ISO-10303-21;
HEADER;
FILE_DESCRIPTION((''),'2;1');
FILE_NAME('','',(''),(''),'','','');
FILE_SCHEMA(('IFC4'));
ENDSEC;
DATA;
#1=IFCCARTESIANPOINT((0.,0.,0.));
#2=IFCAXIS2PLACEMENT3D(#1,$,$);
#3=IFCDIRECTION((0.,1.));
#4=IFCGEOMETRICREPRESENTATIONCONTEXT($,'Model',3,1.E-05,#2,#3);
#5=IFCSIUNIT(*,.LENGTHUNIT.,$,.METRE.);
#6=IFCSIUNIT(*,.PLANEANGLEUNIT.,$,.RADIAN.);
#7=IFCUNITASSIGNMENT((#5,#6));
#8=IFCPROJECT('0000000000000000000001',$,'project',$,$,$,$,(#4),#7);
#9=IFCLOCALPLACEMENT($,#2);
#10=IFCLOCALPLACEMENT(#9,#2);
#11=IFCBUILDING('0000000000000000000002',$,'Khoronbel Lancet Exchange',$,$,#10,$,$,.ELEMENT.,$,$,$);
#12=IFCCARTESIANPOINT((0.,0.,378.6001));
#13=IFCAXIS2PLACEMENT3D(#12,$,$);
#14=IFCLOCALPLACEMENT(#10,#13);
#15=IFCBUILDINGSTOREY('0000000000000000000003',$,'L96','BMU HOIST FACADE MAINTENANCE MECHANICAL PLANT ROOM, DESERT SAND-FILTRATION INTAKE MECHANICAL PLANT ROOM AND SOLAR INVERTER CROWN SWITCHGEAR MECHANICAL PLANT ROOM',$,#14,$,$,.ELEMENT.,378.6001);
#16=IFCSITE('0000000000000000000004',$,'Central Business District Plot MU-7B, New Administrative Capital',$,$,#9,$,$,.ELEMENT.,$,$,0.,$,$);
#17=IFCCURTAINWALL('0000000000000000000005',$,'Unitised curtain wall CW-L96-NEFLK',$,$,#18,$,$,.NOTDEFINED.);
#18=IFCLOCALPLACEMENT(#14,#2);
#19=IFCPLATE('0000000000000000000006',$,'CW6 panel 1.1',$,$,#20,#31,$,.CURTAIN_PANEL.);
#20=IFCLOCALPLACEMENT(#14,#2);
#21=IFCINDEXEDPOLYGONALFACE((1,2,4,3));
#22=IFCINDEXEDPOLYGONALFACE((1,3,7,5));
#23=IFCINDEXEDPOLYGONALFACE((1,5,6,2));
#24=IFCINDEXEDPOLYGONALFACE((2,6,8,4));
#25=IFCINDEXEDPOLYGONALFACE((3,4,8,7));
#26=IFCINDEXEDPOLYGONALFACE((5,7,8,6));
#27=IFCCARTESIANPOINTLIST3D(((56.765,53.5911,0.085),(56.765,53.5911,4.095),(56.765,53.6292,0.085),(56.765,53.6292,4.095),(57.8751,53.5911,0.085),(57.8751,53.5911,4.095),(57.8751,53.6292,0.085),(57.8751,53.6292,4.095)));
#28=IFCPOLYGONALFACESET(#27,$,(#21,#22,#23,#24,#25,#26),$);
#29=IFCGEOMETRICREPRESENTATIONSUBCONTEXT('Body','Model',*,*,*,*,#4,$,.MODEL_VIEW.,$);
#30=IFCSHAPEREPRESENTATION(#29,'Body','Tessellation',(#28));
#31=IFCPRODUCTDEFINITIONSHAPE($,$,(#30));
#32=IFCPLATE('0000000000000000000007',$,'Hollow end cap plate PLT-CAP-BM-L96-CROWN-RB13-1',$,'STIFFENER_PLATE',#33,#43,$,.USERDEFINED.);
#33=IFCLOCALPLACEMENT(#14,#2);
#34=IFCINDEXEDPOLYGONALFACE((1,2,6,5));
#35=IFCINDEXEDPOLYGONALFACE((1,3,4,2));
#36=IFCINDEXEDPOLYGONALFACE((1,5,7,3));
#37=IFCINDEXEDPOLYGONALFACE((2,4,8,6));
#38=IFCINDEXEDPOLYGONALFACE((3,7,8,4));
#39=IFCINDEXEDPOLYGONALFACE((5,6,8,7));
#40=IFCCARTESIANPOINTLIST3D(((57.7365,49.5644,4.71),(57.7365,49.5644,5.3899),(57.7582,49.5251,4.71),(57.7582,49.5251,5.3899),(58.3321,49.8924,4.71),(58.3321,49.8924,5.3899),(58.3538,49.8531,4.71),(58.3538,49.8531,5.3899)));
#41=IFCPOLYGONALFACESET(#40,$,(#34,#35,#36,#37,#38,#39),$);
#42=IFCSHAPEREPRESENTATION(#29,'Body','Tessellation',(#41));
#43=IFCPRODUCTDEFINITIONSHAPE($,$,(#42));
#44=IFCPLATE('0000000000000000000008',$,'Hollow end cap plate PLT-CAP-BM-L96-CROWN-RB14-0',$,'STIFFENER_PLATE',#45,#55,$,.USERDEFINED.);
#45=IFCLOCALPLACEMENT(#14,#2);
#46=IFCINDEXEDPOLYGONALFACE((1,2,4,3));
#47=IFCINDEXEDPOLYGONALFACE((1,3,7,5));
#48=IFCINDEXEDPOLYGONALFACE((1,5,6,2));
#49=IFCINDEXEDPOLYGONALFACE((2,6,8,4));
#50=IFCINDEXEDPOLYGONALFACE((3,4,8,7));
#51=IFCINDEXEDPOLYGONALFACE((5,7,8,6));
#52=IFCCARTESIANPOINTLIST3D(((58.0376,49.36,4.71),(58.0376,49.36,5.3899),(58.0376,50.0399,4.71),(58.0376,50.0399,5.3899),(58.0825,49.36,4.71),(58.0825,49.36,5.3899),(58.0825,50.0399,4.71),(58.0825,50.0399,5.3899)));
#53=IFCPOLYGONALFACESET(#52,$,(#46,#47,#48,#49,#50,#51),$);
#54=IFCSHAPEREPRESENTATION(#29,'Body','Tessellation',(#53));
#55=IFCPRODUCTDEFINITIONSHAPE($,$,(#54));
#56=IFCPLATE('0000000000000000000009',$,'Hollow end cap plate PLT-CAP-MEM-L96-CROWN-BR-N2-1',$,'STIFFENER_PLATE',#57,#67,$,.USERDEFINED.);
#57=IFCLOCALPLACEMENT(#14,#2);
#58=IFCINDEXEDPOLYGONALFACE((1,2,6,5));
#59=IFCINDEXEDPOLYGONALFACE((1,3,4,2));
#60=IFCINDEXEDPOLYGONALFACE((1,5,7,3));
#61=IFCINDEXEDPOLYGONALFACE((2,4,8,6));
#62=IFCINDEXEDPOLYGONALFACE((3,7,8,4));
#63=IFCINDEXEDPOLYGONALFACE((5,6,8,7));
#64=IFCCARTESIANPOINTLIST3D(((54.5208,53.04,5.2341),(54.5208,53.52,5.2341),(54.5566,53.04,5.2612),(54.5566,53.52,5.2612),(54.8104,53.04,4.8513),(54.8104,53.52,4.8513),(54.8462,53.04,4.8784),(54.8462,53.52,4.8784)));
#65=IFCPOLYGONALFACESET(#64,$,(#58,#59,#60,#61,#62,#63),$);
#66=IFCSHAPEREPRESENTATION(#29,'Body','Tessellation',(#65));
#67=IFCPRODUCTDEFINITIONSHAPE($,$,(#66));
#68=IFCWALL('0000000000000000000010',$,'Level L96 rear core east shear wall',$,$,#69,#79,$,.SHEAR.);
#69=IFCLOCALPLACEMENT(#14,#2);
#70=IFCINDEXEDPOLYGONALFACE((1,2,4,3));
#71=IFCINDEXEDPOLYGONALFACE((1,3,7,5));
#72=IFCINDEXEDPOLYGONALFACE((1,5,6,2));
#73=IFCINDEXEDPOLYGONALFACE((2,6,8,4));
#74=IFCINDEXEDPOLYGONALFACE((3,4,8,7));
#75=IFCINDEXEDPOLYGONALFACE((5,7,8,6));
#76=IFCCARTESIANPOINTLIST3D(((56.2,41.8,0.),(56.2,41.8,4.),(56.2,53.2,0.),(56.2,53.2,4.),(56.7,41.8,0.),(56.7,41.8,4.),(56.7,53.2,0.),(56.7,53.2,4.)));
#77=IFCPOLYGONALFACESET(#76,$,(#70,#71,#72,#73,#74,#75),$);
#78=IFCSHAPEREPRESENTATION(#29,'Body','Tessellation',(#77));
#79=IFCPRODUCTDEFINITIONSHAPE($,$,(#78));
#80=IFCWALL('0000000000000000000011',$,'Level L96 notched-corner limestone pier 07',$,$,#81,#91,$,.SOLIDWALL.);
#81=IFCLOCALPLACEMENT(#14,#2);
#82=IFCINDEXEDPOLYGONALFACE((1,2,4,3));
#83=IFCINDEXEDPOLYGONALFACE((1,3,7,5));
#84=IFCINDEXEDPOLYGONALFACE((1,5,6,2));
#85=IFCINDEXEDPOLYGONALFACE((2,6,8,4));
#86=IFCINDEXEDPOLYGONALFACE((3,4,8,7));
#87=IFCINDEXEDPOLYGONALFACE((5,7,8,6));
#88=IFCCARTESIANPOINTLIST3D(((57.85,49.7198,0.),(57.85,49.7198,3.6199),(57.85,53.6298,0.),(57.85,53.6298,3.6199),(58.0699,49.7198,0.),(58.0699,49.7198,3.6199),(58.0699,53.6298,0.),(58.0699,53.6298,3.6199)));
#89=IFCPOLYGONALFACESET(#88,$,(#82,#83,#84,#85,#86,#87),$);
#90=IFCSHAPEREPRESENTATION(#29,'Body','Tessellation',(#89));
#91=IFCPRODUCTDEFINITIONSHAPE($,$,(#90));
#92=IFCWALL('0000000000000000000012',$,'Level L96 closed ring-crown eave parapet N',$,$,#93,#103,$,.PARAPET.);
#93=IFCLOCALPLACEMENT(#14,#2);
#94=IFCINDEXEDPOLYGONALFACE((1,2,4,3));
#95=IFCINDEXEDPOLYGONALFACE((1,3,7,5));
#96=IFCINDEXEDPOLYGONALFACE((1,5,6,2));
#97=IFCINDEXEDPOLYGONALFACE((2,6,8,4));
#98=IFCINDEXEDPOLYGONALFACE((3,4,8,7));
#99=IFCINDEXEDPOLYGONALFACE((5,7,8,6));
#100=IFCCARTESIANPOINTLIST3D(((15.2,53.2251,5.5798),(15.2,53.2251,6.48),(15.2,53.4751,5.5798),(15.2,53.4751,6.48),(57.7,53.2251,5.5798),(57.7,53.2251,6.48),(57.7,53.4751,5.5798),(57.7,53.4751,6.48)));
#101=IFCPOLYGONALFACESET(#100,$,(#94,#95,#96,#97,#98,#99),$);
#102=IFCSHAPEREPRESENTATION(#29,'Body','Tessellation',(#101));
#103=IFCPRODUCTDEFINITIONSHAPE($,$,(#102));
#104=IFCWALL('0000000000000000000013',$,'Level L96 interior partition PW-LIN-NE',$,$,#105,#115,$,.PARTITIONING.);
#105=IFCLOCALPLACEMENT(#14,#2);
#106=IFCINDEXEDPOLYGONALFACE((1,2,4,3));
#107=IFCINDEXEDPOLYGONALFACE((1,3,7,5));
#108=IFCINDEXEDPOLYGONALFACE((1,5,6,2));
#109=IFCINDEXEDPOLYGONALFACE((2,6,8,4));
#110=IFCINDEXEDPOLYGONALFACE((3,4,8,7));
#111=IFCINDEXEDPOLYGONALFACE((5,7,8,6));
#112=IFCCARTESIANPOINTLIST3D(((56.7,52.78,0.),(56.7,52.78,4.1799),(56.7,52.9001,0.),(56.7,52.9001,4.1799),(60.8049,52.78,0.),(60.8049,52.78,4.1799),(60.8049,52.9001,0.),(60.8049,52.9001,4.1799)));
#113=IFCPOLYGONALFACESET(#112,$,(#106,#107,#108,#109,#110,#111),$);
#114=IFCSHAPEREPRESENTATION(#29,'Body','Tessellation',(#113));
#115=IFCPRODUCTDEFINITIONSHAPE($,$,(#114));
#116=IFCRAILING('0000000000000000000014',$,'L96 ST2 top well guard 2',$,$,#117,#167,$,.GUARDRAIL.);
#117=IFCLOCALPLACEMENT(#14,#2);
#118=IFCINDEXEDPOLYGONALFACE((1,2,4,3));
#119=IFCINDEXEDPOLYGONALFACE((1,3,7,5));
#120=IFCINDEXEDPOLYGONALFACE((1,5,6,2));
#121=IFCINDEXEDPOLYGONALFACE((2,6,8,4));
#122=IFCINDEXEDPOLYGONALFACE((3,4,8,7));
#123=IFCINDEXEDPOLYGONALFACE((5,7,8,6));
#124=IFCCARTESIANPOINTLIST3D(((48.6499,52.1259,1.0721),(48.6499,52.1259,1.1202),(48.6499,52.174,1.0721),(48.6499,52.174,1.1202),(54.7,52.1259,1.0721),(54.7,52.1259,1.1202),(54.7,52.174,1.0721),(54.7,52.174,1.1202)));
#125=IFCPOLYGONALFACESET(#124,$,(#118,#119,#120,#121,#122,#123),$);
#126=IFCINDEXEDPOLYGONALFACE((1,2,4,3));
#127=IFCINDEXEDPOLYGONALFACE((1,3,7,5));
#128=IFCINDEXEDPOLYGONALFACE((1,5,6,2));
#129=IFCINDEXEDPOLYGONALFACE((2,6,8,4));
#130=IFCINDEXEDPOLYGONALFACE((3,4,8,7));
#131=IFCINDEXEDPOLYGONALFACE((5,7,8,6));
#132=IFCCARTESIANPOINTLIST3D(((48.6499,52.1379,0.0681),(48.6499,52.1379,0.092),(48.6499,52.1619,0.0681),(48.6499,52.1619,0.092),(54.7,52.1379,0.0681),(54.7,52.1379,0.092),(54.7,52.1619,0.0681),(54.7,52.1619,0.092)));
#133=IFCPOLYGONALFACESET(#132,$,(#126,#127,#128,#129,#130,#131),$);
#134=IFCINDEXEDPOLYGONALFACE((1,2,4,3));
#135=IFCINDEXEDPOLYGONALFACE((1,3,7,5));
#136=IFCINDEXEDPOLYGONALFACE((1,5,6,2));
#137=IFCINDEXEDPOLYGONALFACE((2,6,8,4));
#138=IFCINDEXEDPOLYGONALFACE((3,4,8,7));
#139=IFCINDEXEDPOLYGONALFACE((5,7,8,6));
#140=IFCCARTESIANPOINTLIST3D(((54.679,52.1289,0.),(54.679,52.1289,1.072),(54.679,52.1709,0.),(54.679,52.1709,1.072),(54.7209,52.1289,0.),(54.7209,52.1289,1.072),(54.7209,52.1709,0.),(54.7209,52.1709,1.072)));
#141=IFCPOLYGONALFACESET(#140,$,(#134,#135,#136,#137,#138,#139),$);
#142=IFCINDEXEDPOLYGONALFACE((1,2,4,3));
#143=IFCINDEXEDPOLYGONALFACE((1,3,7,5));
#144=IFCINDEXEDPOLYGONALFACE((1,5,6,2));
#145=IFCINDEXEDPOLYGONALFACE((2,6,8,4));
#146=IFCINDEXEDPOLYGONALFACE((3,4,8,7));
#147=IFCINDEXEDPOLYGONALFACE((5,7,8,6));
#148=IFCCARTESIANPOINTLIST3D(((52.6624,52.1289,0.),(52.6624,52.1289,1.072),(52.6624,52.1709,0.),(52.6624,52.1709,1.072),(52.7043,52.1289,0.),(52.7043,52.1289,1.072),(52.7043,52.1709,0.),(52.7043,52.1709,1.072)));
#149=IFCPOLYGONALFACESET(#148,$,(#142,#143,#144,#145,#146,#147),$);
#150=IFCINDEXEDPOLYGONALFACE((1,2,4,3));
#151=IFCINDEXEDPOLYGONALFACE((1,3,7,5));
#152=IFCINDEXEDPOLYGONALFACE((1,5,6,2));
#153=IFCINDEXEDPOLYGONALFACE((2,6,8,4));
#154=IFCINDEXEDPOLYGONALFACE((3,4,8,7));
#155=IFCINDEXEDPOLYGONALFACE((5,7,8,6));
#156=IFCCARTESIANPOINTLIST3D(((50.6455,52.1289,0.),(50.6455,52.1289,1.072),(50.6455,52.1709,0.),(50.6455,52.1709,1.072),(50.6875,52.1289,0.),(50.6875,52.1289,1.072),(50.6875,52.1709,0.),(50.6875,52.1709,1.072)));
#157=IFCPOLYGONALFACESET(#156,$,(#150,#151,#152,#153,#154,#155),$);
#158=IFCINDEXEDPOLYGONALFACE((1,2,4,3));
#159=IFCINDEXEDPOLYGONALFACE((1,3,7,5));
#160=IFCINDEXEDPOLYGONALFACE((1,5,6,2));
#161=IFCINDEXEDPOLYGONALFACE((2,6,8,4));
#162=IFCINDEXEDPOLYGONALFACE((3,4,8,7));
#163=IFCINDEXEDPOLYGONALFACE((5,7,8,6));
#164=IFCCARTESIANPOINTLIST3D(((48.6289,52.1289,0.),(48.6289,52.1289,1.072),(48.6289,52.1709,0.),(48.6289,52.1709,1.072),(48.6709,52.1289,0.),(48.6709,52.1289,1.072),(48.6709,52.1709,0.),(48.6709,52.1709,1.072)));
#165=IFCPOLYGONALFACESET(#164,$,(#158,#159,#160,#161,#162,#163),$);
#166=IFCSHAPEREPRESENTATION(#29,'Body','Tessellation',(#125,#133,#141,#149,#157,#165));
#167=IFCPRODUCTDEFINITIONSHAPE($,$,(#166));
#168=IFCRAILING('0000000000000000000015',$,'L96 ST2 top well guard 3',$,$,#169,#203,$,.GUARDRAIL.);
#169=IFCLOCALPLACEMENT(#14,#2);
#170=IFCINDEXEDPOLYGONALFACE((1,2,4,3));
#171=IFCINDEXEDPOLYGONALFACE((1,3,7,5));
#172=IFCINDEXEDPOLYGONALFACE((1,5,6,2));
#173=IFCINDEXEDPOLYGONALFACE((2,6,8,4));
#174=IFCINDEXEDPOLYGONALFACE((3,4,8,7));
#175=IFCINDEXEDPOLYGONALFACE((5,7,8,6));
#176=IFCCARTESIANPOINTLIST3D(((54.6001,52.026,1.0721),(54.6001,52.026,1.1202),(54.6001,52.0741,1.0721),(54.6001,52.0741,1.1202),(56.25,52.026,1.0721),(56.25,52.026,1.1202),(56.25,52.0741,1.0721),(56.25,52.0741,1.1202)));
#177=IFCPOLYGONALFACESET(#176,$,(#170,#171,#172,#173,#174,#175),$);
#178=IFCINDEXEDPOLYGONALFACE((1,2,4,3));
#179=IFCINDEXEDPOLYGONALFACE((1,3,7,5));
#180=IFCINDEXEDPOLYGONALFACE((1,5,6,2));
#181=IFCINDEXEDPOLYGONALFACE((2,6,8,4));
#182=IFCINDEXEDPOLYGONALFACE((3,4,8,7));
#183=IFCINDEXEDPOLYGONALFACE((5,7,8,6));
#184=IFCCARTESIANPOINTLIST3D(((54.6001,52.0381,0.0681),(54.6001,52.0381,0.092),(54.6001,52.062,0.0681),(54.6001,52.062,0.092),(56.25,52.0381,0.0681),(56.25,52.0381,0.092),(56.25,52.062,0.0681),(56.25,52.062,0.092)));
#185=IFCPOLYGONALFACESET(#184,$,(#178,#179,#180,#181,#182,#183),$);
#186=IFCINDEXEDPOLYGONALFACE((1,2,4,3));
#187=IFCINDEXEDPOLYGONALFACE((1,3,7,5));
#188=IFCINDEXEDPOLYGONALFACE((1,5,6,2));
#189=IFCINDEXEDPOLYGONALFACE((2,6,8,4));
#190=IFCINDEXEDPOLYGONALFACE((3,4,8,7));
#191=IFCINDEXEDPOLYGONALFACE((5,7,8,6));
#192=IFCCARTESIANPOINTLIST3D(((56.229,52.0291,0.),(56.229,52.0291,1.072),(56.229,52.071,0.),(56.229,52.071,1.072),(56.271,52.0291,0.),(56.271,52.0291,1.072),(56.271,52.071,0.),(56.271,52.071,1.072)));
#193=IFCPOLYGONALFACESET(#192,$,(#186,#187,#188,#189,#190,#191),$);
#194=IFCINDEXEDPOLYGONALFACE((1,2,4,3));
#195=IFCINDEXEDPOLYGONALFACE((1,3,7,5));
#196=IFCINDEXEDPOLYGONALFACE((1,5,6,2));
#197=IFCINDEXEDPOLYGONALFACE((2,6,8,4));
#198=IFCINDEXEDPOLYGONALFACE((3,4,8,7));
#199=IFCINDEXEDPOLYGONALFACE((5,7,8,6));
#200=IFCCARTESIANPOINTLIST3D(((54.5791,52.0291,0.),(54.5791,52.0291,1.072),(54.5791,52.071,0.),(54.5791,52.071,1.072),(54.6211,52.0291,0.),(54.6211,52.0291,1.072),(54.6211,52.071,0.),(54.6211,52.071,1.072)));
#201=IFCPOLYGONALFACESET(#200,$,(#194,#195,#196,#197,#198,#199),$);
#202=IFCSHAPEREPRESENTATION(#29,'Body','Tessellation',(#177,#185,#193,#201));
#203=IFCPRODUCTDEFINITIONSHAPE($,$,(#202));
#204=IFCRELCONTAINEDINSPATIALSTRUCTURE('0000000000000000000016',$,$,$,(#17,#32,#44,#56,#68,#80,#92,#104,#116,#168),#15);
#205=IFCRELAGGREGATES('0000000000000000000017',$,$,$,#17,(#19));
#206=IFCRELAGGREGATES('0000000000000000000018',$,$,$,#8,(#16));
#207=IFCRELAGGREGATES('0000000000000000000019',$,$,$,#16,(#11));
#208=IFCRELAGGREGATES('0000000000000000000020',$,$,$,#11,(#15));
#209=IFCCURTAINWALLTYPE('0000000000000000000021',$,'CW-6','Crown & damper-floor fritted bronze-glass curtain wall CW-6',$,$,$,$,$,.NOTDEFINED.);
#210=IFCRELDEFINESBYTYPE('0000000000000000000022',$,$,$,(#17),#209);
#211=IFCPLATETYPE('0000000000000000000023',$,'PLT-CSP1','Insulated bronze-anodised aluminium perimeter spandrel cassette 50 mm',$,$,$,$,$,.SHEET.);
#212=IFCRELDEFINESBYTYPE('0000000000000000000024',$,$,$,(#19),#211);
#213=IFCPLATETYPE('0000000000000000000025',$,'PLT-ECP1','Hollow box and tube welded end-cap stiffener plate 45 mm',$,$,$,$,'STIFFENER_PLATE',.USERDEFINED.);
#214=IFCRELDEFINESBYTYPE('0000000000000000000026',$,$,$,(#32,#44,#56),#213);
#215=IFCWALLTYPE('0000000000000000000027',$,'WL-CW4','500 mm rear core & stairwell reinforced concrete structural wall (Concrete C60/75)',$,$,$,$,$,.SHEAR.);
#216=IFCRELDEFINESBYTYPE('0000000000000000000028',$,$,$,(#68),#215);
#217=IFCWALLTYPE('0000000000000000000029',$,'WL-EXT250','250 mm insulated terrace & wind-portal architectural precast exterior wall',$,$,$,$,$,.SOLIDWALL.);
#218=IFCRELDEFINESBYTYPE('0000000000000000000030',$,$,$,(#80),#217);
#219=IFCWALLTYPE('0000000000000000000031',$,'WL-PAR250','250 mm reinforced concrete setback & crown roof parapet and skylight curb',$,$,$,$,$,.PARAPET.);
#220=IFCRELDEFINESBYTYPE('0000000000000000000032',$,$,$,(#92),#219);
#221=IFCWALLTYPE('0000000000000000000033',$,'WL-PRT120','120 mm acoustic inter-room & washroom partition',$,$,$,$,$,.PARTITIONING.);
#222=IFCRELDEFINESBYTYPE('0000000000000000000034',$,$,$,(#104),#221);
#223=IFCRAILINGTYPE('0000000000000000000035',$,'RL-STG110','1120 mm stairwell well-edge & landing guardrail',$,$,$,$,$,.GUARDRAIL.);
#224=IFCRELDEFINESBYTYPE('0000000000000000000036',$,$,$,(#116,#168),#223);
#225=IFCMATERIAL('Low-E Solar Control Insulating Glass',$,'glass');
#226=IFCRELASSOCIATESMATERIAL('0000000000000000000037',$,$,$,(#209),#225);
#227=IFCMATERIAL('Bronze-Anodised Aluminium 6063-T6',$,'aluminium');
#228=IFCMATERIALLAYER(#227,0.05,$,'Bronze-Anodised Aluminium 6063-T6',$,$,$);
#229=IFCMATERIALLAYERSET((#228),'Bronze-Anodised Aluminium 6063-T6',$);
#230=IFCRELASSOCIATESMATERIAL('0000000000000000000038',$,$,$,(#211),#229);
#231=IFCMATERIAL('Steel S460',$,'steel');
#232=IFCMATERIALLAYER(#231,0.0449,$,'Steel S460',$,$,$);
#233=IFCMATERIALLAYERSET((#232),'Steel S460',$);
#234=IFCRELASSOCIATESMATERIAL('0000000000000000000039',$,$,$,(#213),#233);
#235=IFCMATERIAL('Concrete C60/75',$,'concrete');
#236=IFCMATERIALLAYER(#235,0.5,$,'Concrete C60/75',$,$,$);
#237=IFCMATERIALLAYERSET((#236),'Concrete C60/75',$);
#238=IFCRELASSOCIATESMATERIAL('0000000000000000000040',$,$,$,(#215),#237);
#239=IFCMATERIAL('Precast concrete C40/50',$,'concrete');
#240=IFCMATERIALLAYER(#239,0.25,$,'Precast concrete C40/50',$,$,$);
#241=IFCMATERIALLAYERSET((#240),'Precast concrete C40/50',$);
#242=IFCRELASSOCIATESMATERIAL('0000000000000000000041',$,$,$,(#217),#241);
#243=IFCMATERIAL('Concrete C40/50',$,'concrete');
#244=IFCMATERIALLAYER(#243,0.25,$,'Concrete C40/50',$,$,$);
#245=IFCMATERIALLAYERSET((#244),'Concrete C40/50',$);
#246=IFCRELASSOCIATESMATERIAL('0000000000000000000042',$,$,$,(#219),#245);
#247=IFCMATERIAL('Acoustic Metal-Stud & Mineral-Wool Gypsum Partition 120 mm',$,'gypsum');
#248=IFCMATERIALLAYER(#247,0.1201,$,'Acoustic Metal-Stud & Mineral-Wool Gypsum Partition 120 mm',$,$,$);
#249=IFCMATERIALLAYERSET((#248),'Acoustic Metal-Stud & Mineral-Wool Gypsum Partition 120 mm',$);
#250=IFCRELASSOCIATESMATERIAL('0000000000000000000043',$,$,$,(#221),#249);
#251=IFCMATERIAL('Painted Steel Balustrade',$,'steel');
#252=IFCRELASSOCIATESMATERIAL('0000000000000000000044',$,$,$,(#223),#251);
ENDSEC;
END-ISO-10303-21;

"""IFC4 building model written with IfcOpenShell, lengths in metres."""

from ifc_helpers import new_model, si_unit, direction, frame, frame_2d, origin, origin_2d, place, context, subcontext, project, spatial, polyline, rectangle, outline, extrude, material, layer, layer_set, type_object, element, aggregate, save


model = new_model("IFC4")

# Units and contexts
model_context = context("Model", 3, precision=1e-05, world=origin(), true_north=direction((0.0, 1.0)))
body_context = subcontext(model_context, "Body", "Model", "MODEL_VIEW")
ifc_project = project(units=[si_unit("LENGTHUNIT", "METRE"), si_unit("PLANEANGLEUNIT", "RADIAN")], contexts=[model_context])

# Site, building, storey
site_placement = place(None, origin())
site = spatial("IfcSite", under=ifc_project, at=site_placement, Name="Central Business District Plot MU-7B, New Administrative Capital", CompositionType="ELEMENT", RefElevation=0.0)
building_placement = place(site_placement, origin())
building = spatial("IfcBuilding", under=site, at=building_placement, Name="Khoronbel Lancet Exchange", CompositionType="ELEMENT")
storey_placement = place(building_placement, frame((0.0, 0.0, 378.6001)))
storey = spatial("IfcBuildingStorey", under=building, at=storey_placement, Name="L96", Description="BMU HOIST FACADE MAINTENANCE MECHANICAL PLANT ROOM, DESERT SAND-FILTRATION INTAKE MECHANICAL PLANT ROOM AND SOLAR INVERTER CROWN SWITCHGEAR MECHANICAL PLANT ROOM", CompositionType="ELEMENT", Elevation=378.6001)

# Shared definitions
ifc_material_1 = material(Name="Steel S460", Category="steel")

# Curtain wall, plate
ifc_material_2 = material(Name="Low-E Solar Control Insulating Glass", Category="glass")
curtain_wall_type = type_object("IfcCurtainWallType", Name="CW-6", Description="Crown & damper-floor fritted bronze-glass curtain wall CW-6", PredefinedType="NOTDEFINED", material=ifc_material_2)
curtain_wall_placement = place(storey_placement, origin())
curtain_wall = element("IfcCurtainWall", 1, at=curtain_wall_placement, inside=storey, type_object=curtain_wall_type, Name="Unitised curtain wall CW-L96-NEFLK", PredefinedType="NOTDEFINED")
ifc_material_3 = material(Name="Bronze-Anodised Aluminium 6063-T6", Category="aluminium")
ifc_layer_1 = layer(ifc_material_3, 0.05, Name="Bronze-Anodised Aluminium 6063-T6")
ifc_layer_set_1 = layer_set([ifc_layer_1], Name="Bronze-Anodised Aluminium 6063-T6")
plate_type_1 = type_object("IfcPlateType", Name="PLT-CSP1", Description="Insulated bronze-anodised aluminium perimeter spandrel cassette 50 mm", PredefinedType="SHEET", material=ifc_layer_set_1)
plate_1_placement = place(storey_placement, frame((57.3201, 53.6101, 0.085), z_axis=(0.0, 0.0, 1.0), x_axis=(-1.0, 0.0, 0.0)))
plate_1 = element("IfcPlate", 2, at=plate_1_placement, type_object=plate_type_1, Name="CW6 panel 1.1", PredefinedType="CURTAIN_PANEL", context=body_context, shape_type="SweptSolid", body=[
    extrude(rectangle(XDim=1.1101, YDim=0.0381, at=origin_2d()), origin(), (0.0, 0.0, 1.0), 4.01),
])
aggregate(curtain_wall, [plate_1])

# Plates
ifc_layer_2 = layer(ifc_material_1, 0.0449, Name="Steel S460")
ifc_layer_set_2 = layer_set([ifc_layer_2], Name="Steel S460")
plate_type_2 = type_object("IfcPlateType", Name="PLT-ECP1", Description="Hollow box and tube welded end-cap stiffener plate 45 mm", ElementType="STIFFENER_PLATE", PredefinedType="USERDEFINED", material=ifc_layer_set_2)
for number, where, z_axis, x_axis, name in (
    (3, (58.0452, 49.7087, 4.71), (0.0, 0.0, 1.0), (-0.482436, 0.875931, 0.0), "Hollow end cap plate PLT-CAP-BM-L96-CROWN-RB13-1"),
    (4, (58.0601, 49.7, 4.71), (0.0, 0.0, 1.0), (1.0, 0.0, 0.0), "Hollow end cap plate PLT-CAP-BM-L96-CROWN-RB14-0"),
):
    element("IfcPlate", number, at=place(storey_placement, frame(where, z_axis=z_axis, x_axis=x_axis)), inside=storey, type_object=plate_type_2, Name=name, ObjectType="STIFFENER_PLATE", PredefinedType="USERDEFINED", context=body_context, shape_type="SweptSolid", body=[
        extrude(rectangle(XDim=0.0449, YDim=0.6799, at=origin_2d()), origin(), (0.0, 0.0, 1.0), 0.6799),
    ])
plate_2_placement = place(storey_placement, frame((54.8462, 53.04, 4.8784), z_axis=(0.797552, 0.0, 0.60325), x_axis=(0.0, 1.0, 0.0)))
element("IfcPlate", 5, at=plate_2_placement, inside=storey, type_object=plate_type_2, Name="Hollow end cap plate PLT-CAP-MEM-L96-CROWN-BR-N2-1", ObjectType="STIFFENER_PLATE", PredefinedType="USERDEFINED", context=body_context, shape_type="SweptSolid", body=[
    extrude(outline(polyline([(0.0, 0.0), (0.48, 0.0), (0.48, 0.48), (0.0, 0.48), (0.0, 0.0)])), origin(), (0.0, 0.0, -1.0), 0.0449),
])

# Walls
ifc_material_4 = material(Name="Concrete C60/75", Category="concrete")
ifc_layer_3 = layer(ifc_material_4, 0.5, Name="Concrete C60/75")
ifc_layer_set_3 = layer_set([ifc_layer_3], Name="Concrete C60/75")
wall_type_1 = type_object("IfcWallType", Name="WL-CW4", Description="500 mm rear core & stairwell reinforced concrete structural wall (Concrete C60/75)", PredefinedType="SHEAR", material=ifc_layer_set_3)
wall_1_placement = place(storey_placement, frame((56.45, 53.2, 0.0), z_axis=(0.0, 0.0, 1.0), x_axis=(0.0, -1.0, 0.0)))
element("IfcWall", 6, at=wall_1_placement, inside=storey, type_object=wall_type_1, Name="Level L96 rear core east shear wall", PredefinedType="SHEAR", context=body_context, shape_type="SweptSolid", body=[
    extrude(rectangle(XDim=11.3999, YDim=0.5, at=frame_2d((5.7, 0.0))), origin(), (0.0, 0.0, 1.0), 4.0),
])
ifc_material_5 = material(Name="Precast concrete C40/50", Category="concrete")
ifc_layer_4 = layer(ifc_material_5, 0.25, Name="Precast concrete C40/50")
ifc_layer_set_4 = layer_set([ifc_layer_4], Name="Precast concrete C40/50")
wall_type_2 = type_object("IfcWallType", Name="WL-EXT250", Description="250 mm insulated terrace & wind-portal architectural precast exterior wall", PredefinedType="SOLIDWALL", material=ifc_layer_set_4)
wall_2_placement = place(storey_placement, frame((57.96, 53.6299, 0.0), z_axis=(0.0, 0.0, 1.0), x_axis=(0.0, -1.0, 0.0)))
element("IfcWall", 7, at=wall_2_placement, inside=storey, type_object=wall_type_2, Name="Level L96 notched-corner limestone pier 07", PredefinedType="SOLIDWALL", context=body_context, shape_type="SweptSolid", body=[
    extrude(rectangle(XDim=3.9099, YDim=0.22, at=frame_2d((1.9551, 0.0))), origin(), (0.0, 0.0, 1.0), 3.6199),
])
ifc_material_6 = material(Name="Concrete C40/50", Category="concrete")
ifc_layer_5 = layer(ifc_material_6, 0.25, Name="Concrete C40/50")
ifc_layer_set_5 = layer_set([ifc_layer_5], Name="Concrete C40/50")
wall_type_3 = type_object("IfcWallType", Name="WL-PAR250", Description="250 mm reinforced concrete setback & crown roof parapet and skylight curb", PredefinedType="PARAPET", material=ifc_layer_set_5)
wall_3_placement = place(storey_placement, frame((57.7, 53.3501, 5.5798), z_axis=(0.0, 0.0, 1.0), x_axis=(-1.0, 0.0, 0.0)))
element("IfcWall", 8, at=wall_3_placement, inside=storey, type_object=wall_type_3, Name="Level L96 closed ring-crown eave parapet N", PredefinedType="PARAPET", context=body_context, shape_type="SweptSolid", body=[
    extrude(rectangle(XDim=42.5, YDim=0.25, at=frame_2d((21.25, 0.0))), origin(), (0.0, 0.0, 1.0), 0.9001),
])
ifc_material_7 = material(Name="Acoustic Metal-Stud & Mineral-Wool Gypsum Partition 120 mm", Category="gypsum")
ifc_layer_6 = layer(ifc_material_7, 0.1201, Name="Acoustic Metal-Stud & Mineral-Wool Gypsum Partition 120 mm")
ifc_layer_set_6 = layer_set([ifc_layer_6], Name="Acoustic Metal-Stud & Mineral-Wool Gypsum Partition 120 mm")
wall_type_4 = type_object("IfcWallType", Name="WL-PRT120", Description="120 mm acoustic inter-room & washroom partition", PredefinedType="PARTITIONING", material=ifc_layer_set_6)
wall_4_placement = place(storey_placement, frame((56.7, 52.8401, 0.0), z_axis=(0.0, 0.0, 1.0), x_axis=(1.0, 0.0, 0.0)))
element("IfcWall", 9, at=wall_4_placement, inside=storey, type_object=wall_type_4, Name="Level L96 interior partition PW-LIN-NE", PredefinedType="PARTITIONING", context=body_context, shape_type="SweptSolid", body=[
    extrude(rectangle(XDim=4.105, YDim=0.1201, at=frame_2d((2.0525, 0.0))), origin(), (0.0, 0.0, 1.0), 4.1799),
])

# Railings
ifc_material_8 = material(Name="Painted Steel Balustrade", Category="steel")
railing_type = type_object("IfcRailingType", Name="RL-STG110", Description="1120 mm stairwell well-edge & landing guardrail", PredefinedType="GUARDRAIL", material=ifc_material_8)
railing_1_placement = place(storey_placement, frame((54.7, 52.1499, 0.0)))
element("IfcRailing", 10, at=railing_1_placement, inside=storey, type_object=railing_type, Name="L96 ST2 top well guard 2", PredefinedType="GUARDRAIL", context=body_context, shape_type="SweptSolid", body=[
    extrude(rectangle(XDim=0.0481, YDim=0.0481, at=origin_2d()), frame((0.0, 0.0, 1.0962), z_axis=(-1.0, 0.0, 0.0), x_axis=(0.0, -1.0, 0.0)), (0.0, 0.0, 1.0), 6.05),
    extrude(rectangle(XDim=0.0239, YDim=0.0239, at=origin_2d()), frame((0.0, 0.0, 0.0801), z_axis=(-1.0, 0.0, 0.0), x_axis=(0.0, -1.0, 0.0)), (0.0, 0.0, 1.0), 6.05),
    extrude(rectangle(XDim=0.042, YDim=0.042, at=origin_2d()), origin(), (0.0, 0.0, 1.0), 1.072),
    extrude(rectangle(XDim=0.042, YDim=0.042, at=origin_2d()), frame((-2.0166, 0.0, 0.0)), (0.0, 0.0, 1.0), 1.072),
    extrude(rectangle(XDim=0.042, YDim=0.042, at=origin_2d()), frame((-4.0334, 0.0, 0.0)), (0.0, 0.0, 1.0), 1.072),
    extrude(rectangle(XDim=0.042, YDim=0.042, at=origin_2d()), frame((-6.05, 0.0, 0.0)), (0.0, 0.0, 1.0), 1.072),
])
railing_2_placement = place(storey_placement, frame((56.25, 52.05, 0.0)))
element("IfcRailing", 11, at=railing_2_placement, inside=storey, type_object=railing_type, Name="L96 ST2 top well guard 3", PredefinedType="GUARDRAIL", context=body_context, shape_type="SweptSolid", body=[
    extrude(rectangle(XDim=0.0481, YDim=0.0481, at=origin_2d()), frame((0.0, 0.0, 1.0962), z_axis=(-1.0, 0.0, 0.0), x_axis=(0.0, -1.0, 0.0)), (0.0, 0.0, 1.0), 1.6499),
    extrude(rectangle(XDim=0.0239, YDim=0.0239, at=origin_2d()), frame((0.0, 0.0, 0.0801), z_axis=(-1.0, 0.0, 0.0), x_axis=(0.0, -1.0, 0.0)), (0.0, 0.0, 1.0), 1.6499),
    extrude(rectangle(XDim=0.042, YDim=0.042, at=origin_2d()), origin(), (0.0, 0.0, 1.0), 1.072),
    extrude(rectangle(XDim=0.042, YDim=0.042, at=origin_2d()), frame((-1.6499, 0.0, 0.0)), (0.0, 0.0, 1.0), 1.072),
])

save(model, "model.ifc")
